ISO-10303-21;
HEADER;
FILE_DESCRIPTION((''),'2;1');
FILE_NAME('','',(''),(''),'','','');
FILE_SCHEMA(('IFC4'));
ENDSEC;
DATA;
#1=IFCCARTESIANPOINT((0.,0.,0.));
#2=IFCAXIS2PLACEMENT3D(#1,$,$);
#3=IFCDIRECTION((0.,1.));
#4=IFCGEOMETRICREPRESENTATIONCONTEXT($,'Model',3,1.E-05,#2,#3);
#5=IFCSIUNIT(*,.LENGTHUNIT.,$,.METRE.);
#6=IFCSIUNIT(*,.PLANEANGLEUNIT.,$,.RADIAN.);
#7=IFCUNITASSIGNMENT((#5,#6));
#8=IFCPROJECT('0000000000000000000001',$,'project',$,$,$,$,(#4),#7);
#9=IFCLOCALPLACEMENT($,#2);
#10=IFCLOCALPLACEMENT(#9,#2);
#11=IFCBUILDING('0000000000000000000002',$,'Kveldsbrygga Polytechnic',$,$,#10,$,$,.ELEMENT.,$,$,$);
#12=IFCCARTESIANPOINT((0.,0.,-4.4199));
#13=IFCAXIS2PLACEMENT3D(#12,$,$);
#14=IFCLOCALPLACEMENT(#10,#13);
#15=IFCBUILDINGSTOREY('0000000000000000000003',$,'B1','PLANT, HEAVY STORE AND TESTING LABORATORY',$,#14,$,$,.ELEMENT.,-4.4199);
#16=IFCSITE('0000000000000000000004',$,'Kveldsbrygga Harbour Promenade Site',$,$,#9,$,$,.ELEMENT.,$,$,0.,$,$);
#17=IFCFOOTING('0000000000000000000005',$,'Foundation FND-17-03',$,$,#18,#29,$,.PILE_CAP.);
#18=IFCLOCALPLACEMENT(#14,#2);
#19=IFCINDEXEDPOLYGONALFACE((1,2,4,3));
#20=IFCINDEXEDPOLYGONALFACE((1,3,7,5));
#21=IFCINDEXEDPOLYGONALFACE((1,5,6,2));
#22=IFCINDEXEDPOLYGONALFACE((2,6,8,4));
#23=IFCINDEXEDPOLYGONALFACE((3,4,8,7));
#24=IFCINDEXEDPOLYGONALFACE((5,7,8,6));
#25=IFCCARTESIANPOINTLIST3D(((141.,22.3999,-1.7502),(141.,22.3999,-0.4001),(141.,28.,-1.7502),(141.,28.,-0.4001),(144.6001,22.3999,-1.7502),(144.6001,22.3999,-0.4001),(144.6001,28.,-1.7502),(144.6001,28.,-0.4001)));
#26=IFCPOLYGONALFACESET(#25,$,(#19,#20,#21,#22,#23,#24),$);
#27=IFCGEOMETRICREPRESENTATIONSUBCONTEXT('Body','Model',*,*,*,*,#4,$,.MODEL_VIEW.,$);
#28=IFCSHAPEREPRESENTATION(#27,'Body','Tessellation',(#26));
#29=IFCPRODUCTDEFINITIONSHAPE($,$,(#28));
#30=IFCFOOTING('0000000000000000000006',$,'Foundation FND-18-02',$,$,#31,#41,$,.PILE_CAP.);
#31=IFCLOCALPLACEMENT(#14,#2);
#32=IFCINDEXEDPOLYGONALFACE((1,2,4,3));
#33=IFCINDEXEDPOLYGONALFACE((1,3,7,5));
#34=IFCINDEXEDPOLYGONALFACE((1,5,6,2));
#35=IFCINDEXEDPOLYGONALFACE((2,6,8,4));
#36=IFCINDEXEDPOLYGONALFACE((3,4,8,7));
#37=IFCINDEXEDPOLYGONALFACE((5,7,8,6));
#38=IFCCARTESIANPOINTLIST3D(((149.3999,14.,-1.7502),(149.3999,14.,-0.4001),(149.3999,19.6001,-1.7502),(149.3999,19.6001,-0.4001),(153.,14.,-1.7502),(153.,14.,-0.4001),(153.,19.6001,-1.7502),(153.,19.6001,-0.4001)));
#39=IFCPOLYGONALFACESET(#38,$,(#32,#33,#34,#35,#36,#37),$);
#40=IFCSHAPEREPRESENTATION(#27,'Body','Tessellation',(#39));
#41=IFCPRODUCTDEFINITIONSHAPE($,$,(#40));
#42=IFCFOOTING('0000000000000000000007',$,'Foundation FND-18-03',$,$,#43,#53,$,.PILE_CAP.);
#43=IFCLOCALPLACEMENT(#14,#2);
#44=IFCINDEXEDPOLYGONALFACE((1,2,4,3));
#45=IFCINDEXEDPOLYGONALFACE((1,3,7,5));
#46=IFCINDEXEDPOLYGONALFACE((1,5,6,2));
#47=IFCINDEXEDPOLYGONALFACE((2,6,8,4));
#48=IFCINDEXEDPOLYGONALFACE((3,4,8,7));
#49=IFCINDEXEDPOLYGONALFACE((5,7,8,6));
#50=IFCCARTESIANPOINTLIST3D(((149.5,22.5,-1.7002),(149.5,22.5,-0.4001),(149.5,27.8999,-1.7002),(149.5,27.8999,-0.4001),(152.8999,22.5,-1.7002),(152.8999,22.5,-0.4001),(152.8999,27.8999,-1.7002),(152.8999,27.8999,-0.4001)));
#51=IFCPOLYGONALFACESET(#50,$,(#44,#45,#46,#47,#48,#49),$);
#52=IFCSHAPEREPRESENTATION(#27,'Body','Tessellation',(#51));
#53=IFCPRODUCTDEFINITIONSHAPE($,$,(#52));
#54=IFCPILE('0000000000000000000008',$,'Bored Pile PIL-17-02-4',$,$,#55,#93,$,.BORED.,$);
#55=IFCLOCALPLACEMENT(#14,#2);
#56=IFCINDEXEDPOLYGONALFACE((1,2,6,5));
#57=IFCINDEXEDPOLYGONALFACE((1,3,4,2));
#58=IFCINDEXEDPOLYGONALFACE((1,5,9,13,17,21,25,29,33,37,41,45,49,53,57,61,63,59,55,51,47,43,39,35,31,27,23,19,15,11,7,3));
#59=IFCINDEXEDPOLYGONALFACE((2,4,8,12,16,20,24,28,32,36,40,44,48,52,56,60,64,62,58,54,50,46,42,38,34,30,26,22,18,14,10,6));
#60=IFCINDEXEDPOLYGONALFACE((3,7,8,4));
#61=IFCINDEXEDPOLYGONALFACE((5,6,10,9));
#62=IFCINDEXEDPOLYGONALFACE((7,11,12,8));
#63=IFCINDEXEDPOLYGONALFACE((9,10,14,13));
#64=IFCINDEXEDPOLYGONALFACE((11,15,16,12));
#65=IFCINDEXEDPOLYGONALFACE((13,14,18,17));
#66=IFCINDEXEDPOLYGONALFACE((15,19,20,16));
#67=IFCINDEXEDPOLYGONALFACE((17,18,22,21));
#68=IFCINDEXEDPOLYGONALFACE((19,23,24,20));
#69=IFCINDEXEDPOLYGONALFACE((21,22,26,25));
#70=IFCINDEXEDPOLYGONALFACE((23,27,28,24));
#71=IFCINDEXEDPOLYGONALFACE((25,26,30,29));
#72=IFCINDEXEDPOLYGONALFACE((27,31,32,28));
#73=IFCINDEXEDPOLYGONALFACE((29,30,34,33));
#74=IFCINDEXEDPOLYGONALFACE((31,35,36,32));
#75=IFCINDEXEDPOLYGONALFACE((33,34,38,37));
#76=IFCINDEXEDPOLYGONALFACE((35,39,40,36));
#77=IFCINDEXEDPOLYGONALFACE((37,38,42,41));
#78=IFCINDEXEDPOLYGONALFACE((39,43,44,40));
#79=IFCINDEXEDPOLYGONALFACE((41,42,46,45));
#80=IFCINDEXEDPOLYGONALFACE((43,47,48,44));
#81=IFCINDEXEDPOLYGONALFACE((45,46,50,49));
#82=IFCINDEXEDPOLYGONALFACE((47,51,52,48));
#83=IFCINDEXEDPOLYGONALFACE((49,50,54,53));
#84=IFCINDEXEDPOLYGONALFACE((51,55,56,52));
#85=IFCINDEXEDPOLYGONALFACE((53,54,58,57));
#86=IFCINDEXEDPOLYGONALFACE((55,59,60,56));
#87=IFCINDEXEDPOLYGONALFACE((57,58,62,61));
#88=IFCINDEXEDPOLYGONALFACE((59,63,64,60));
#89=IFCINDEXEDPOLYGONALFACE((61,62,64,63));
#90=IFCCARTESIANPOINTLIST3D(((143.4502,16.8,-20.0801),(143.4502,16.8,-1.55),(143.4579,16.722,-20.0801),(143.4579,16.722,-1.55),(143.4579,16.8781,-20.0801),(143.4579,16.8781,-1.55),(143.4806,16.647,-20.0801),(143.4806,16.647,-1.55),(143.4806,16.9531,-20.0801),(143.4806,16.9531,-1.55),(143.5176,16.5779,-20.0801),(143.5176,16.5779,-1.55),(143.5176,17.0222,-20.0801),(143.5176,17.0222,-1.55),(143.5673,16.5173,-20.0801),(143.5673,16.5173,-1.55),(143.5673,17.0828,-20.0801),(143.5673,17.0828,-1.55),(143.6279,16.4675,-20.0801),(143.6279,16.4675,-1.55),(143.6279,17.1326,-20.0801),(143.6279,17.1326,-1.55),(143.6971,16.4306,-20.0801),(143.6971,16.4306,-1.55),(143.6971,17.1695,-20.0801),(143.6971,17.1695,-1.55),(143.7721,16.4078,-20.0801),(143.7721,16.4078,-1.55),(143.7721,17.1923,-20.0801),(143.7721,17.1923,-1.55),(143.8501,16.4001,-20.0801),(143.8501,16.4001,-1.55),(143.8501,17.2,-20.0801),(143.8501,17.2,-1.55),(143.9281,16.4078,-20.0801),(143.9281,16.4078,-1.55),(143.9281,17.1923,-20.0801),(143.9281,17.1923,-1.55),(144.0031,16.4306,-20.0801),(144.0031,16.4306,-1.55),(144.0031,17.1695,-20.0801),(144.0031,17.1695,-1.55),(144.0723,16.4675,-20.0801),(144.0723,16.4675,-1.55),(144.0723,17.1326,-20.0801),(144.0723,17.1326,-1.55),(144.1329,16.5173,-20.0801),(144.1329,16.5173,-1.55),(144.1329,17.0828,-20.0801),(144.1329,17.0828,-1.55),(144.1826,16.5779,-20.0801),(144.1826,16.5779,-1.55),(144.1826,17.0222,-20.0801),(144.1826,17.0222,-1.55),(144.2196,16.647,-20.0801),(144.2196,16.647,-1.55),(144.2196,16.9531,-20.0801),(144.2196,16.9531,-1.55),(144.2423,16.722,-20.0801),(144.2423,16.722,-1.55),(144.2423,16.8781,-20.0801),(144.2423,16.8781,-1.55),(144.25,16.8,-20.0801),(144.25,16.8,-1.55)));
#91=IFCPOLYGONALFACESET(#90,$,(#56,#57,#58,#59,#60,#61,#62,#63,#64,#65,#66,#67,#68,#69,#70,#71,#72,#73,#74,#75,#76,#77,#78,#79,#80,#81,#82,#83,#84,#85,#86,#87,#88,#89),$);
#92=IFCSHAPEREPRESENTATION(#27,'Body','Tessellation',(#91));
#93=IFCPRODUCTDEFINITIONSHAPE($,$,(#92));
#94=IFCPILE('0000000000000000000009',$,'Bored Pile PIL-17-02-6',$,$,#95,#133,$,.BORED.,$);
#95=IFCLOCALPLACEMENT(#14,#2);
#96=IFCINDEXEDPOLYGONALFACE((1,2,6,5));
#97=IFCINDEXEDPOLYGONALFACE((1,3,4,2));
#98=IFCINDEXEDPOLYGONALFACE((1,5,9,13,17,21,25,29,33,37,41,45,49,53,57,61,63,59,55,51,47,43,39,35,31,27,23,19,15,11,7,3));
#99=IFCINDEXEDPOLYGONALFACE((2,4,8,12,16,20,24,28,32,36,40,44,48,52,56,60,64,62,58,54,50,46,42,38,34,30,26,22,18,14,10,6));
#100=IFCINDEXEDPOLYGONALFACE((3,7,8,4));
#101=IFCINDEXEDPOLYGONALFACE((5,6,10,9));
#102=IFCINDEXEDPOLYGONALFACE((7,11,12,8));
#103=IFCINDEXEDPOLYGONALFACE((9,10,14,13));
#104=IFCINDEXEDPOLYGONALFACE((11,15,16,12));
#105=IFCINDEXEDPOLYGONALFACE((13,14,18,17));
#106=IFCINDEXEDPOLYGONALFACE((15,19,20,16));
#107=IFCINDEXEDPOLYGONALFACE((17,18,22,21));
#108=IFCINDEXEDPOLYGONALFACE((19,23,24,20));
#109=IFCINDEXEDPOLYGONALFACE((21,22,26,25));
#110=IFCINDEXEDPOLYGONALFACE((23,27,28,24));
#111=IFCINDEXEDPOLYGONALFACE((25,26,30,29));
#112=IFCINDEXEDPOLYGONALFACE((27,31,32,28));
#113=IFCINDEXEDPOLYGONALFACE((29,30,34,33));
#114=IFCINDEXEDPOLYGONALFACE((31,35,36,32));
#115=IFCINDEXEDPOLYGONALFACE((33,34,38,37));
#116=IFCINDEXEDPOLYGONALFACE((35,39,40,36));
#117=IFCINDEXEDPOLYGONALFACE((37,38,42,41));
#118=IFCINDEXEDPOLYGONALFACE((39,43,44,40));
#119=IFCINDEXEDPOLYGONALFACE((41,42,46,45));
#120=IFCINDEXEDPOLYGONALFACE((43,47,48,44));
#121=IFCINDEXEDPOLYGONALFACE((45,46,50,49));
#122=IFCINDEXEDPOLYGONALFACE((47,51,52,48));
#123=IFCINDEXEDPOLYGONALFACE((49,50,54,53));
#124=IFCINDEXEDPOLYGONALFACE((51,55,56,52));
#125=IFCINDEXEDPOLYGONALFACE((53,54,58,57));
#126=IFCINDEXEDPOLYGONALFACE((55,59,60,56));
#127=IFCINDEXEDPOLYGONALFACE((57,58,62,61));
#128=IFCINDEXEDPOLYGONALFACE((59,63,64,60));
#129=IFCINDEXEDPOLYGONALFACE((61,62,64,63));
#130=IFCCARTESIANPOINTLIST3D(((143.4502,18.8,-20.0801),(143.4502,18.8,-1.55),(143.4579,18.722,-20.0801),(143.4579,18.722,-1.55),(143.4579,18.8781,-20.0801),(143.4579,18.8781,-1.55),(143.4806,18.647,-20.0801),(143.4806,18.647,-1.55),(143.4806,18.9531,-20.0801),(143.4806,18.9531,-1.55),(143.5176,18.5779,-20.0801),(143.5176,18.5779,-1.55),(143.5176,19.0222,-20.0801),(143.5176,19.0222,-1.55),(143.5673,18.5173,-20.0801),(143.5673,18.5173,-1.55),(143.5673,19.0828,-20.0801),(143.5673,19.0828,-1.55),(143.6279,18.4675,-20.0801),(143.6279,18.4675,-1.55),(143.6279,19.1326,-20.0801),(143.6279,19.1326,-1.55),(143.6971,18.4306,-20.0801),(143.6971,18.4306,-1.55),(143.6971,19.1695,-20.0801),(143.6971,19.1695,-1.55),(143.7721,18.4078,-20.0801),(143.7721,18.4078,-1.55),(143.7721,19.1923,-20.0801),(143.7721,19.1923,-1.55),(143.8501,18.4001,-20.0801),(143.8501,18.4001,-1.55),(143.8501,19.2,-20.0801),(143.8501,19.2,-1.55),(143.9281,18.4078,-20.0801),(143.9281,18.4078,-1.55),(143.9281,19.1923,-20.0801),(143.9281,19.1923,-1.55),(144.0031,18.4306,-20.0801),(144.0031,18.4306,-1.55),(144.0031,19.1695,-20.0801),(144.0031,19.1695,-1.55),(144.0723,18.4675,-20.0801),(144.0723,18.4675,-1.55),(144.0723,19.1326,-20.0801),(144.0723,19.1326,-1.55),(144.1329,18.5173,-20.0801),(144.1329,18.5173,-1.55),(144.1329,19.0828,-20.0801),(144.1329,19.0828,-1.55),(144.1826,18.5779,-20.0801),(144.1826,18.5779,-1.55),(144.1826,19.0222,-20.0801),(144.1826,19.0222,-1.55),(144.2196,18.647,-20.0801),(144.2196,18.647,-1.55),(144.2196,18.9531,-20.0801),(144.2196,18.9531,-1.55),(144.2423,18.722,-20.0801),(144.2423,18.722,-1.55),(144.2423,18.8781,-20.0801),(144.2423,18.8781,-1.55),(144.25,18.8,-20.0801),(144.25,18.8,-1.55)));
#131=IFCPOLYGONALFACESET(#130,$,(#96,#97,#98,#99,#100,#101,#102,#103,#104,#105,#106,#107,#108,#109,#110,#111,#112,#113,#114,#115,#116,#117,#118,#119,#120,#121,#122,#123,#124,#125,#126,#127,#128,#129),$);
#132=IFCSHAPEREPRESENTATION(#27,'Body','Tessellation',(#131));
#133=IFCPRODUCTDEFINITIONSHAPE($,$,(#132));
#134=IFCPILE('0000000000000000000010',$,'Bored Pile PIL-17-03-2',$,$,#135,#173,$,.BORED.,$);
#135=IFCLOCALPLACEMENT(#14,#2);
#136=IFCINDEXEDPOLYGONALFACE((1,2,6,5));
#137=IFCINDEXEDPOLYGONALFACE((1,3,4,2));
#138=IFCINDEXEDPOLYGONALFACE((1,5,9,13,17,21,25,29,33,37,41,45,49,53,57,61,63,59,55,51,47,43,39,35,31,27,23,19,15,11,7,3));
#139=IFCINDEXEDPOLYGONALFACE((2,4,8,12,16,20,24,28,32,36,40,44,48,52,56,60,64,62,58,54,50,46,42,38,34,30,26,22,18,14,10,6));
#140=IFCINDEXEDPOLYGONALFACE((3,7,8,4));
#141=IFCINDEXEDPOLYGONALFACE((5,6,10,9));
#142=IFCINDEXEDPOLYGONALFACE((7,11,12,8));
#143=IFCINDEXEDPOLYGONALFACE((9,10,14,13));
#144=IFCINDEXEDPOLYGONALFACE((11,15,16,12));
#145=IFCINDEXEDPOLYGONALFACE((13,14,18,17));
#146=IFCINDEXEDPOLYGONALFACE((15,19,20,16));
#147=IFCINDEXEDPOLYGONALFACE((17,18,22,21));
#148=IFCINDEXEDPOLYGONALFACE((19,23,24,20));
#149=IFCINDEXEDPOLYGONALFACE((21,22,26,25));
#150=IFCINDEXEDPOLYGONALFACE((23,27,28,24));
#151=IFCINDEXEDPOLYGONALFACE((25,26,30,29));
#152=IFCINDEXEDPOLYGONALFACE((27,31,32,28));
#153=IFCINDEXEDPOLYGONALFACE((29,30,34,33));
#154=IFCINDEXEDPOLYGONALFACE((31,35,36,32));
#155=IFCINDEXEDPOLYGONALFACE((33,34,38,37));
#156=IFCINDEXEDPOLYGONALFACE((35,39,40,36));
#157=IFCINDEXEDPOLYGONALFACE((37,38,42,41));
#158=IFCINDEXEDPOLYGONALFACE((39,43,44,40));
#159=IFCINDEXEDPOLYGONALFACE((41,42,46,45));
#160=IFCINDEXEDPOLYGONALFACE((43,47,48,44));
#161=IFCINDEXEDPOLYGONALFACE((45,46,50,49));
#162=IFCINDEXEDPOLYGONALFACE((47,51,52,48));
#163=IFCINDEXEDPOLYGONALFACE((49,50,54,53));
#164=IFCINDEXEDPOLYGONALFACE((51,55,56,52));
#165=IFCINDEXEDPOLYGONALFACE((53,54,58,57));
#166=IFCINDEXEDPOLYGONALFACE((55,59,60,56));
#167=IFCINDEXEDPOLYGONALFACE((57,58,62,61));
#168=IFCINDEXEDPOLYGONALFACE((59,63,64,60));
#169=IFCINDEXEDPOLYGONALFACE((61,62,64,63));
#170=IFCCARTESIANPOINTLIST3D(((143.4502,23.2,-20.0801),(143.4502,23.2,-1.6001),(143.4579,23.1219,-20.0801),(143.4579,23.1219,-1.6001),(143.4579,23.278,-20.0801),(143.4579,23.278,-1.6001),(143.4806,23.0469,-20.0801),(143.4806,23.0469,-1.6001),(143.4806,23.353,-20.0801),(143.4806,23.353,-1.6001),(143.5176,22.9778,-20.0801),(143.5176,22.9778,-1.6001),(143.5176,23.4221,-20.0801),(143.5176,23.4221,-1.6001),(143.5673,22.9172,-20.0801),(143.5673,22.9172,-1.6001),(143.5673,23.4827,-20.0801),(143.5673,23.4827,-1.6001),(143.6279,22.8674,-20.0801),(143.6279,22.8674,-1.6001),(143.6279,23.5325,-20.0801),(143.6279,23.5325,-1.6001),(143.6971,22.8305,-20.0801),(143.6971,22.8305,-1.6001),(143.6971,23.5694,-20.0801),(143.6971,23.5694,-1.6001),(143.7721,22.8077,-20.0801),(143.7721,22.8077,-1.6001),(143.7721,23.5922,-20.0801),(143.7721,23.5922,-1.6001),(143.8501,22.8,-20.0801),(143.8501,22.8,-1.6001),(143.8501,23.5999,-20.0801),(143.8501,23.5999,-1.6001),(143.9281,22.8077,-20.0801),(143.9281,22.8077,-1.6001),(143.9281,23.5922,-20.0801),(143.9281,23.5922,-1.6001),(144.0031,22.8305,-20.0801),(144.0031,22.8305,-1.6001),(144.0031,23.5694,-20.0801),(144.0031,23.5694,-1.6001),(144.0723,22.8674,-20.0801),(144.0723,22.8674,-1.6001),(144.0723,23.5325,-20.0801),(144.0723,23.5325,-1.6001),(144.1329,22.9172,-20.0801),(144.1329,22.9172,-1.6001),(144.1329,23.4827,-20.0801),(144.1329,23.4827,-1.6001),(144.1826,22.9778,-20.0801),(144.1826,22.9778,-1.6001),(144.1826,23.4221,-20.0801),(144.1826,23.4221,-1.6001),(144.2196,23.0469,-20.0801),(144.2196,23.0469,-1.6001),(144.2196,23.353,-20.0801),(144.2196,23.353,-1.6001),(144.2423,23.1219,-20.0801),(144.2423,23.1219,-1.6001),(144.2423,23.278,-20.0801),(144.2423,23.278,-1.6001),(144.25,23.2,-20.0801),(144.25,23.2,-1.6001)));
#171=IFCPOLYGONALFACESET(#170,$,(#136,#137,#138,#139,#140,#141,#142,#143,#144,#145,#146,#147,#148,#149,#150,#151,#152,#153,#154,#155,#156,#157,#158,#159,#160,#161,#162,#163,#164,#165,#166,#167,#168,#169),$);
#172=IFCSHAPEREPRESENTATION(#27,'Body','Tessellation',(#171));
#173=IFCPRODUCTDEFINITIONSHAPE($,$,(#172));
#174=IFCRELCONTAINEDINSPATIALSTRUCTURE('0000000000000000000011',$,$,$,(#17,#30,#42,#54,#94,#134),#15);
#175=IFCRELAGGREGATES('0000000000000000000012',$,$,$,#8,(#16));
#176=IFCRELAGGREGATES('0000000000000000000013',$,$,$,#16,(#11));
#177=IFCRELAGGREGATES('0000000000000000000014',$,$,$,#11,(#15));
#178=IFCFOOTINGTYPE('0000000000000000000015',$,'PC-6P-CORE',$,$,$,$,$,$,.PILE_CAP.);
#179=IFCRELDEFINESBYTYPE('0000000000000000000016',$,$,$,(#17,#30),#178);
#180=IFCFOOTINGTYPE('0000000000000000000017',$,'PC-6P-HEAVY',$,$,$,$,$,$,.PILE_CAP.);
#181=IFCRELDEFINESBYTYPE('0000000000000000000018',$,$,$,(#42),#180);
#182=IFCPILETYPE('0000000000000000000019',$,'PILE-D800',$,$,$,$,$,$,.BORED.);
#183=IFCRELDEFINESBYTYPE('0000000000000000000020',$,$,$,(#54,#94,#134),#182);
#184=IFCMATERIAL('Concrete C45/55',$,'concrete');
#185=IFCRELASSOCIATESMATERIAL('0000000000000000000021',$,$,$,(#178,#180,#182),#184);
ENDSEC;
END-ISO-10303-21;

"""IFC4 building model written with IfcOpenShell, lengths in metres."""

from ifc_helpers import new_model, si_unit, direction, frame, origin, origin_2d, place, context, subcontext, project, spatial, rectangle, circle, extrude, material, material_profile, profile_set, type_object, element, save


model = new_model("IFC4")

# Units and contexts
model_context = context("Model", 3, precision=1e-05, world=origin(), true_north=direction((0.0, 1.0)))
body_context = subcontext(model_context, "Body", "Model", "MODEL_VIEW")
ifc_project = project(units=[si_unit("LENGTHUNIT", "METRE"), si_unit("PLANEANGLEUNIT", "RADIAN")], contexts=[model_context])

# Site, building, storey
site_placement = place(None, origin())
site = spatial("IfcSite", under=ifc_project, at=site_placement, Name="Kveldsbrygga Harbour Promenade Site", CompositionType="ELEMENT", RefElevation=0.0)
building_placement = place(site_placement, origin())
building = spatial("IfcBuilding", under=site, at=building_placement, Name="Kveldsbrygga Polytechnic", CompositionType="ELEMENT")
storey_placement = place(building_placement, frame((0.0, 0.0, -4.4199)))
storey = spatial("IfcBuildingStorey", under=building, at=storey_placement, Name="B1", Description="PLANT, HEAVY STORE AND TESTING LABORATORY", CompositionType="ELEMENT", Elevation=-4.4199)

# Footings
ifc_material_1 = material(Name="Concrete C45/55", Category="concrete")
footing_type_1 = type_object("IfcFootingType", Name="PC-6P-CORE", PredefinedType="PILE_CAP", material=ifc_material_1)
for number, where, z_axis, x_axis, name in (
    (1, (142.8, 25.2, -1.7502), (0.0, 0.0, 1.0), (1.0, 0.0, 0.0), "Foundation FND-17-03"),
    (2, (151.2, 16.8, -1.7502), (0.0, 0.0, 1.0), (1.0, 0.0, 0.0), "Foundation FND-18-02"),
):
    element("IfcFooting", number, at=place(storey_placement, frame(where, z_axis=z_axis, x_axis=x_axis)), inside=storey, type_object=footing_type_1, Name=name, PredefinedType="PILE_CAP", context=body_context, shape_type="SweptSolid", body=[
        extrude(rectangle(XDim=3.6001, YDim=5.6001, at=origin_2d()), origin(), (0.0, 0.0, 1.0), 1.3501),
    ])
footing_type_2 = type_object("IfcFootingType", Name="PC-6P-HEAVY", PredefinedType="PILE_CAP", material=ifc_material_1)
footing_placement = place(storey_placement, frame((151.2, 25.2, -1.7002), z_axis=(0.0, 0.0, 1.0), x_axis=(1.0, 0.0, 0.0)))
element("IfcFooting", 3, at=footing_placement, inside=storey, type_object=footing_type_2, Name="Foundation FND-18-03", PredefinedType="PILE_CAP", context=body_context, shape_type="SweptSolid", body=[
    extrude(rectangle(XDim=3.3999, YDim=5.3999, at=origin_2d()), origin(), (0.0, 0.0, 1.0), 1.3),
])

# Piles
ifc_material_profile_1 = material_profile(ifc_material_1, circle(Radius=0.3999, at=origin_2d()), Name="PILE D800")
ifc_profile_set_1 = profile_set([ifc_material_profile_1], Name="Concrete C45/55")
pile_type = type_object("IfcPileType", Name="PILE-D800", PredefinedType="BORED", material=ifc_profile_set_1)
for number, where, z_axis, x_axis, name in (
    (4, (143.8501, 16.8, -1.55), (0.0, 0.0, -1.0), (1.0, 0.0, 0.0), "Bored Pile PIL-17-02-4"),
    (5, (143.8501, 18.8, -1.55), (0.0, 0.0, -1.0), (1.0, 0.0, 0.0), "Bored Pile PIL-17-02-6"),
):
    element("IfcPile", number, at=place(storey_placement, frame(where, z_axis=z_axis, x_axis=x_axis)), inside=storey, type_object=pile_type, Name=name, PredefinedType="BORED", context=body_context, shape_type="SweptSolid", body=[
        extrude(circle(Radius=0.3999, at=origin_2d()), origin(), (0.0, 0.0, 1.0), 18.53),
    ])
for number, where, z_axis, x_axis, name in (
    (6, (143.8501, 23.2, -1.6001), (0.0, 0.0, -1.0), (1.0, 0.0, 0.0), "Bored Pile PIL-17-03-2"),
):
    element("IfcPile", number, at=place(storey_placement, frame(where, z_axis=z_axis, x_axis=x_axis)), inside=storey, type_object=pile_type, Name=name, PredefinedType="BORED", context=body_context, shape_type="SweptSolid", body=[
        extrude(circle(Radius=0.3999, at=origin_2d()), origin(), (0.0, 0.0, 1.0), 18.48),
    ])

save(model, "model.ifc")
